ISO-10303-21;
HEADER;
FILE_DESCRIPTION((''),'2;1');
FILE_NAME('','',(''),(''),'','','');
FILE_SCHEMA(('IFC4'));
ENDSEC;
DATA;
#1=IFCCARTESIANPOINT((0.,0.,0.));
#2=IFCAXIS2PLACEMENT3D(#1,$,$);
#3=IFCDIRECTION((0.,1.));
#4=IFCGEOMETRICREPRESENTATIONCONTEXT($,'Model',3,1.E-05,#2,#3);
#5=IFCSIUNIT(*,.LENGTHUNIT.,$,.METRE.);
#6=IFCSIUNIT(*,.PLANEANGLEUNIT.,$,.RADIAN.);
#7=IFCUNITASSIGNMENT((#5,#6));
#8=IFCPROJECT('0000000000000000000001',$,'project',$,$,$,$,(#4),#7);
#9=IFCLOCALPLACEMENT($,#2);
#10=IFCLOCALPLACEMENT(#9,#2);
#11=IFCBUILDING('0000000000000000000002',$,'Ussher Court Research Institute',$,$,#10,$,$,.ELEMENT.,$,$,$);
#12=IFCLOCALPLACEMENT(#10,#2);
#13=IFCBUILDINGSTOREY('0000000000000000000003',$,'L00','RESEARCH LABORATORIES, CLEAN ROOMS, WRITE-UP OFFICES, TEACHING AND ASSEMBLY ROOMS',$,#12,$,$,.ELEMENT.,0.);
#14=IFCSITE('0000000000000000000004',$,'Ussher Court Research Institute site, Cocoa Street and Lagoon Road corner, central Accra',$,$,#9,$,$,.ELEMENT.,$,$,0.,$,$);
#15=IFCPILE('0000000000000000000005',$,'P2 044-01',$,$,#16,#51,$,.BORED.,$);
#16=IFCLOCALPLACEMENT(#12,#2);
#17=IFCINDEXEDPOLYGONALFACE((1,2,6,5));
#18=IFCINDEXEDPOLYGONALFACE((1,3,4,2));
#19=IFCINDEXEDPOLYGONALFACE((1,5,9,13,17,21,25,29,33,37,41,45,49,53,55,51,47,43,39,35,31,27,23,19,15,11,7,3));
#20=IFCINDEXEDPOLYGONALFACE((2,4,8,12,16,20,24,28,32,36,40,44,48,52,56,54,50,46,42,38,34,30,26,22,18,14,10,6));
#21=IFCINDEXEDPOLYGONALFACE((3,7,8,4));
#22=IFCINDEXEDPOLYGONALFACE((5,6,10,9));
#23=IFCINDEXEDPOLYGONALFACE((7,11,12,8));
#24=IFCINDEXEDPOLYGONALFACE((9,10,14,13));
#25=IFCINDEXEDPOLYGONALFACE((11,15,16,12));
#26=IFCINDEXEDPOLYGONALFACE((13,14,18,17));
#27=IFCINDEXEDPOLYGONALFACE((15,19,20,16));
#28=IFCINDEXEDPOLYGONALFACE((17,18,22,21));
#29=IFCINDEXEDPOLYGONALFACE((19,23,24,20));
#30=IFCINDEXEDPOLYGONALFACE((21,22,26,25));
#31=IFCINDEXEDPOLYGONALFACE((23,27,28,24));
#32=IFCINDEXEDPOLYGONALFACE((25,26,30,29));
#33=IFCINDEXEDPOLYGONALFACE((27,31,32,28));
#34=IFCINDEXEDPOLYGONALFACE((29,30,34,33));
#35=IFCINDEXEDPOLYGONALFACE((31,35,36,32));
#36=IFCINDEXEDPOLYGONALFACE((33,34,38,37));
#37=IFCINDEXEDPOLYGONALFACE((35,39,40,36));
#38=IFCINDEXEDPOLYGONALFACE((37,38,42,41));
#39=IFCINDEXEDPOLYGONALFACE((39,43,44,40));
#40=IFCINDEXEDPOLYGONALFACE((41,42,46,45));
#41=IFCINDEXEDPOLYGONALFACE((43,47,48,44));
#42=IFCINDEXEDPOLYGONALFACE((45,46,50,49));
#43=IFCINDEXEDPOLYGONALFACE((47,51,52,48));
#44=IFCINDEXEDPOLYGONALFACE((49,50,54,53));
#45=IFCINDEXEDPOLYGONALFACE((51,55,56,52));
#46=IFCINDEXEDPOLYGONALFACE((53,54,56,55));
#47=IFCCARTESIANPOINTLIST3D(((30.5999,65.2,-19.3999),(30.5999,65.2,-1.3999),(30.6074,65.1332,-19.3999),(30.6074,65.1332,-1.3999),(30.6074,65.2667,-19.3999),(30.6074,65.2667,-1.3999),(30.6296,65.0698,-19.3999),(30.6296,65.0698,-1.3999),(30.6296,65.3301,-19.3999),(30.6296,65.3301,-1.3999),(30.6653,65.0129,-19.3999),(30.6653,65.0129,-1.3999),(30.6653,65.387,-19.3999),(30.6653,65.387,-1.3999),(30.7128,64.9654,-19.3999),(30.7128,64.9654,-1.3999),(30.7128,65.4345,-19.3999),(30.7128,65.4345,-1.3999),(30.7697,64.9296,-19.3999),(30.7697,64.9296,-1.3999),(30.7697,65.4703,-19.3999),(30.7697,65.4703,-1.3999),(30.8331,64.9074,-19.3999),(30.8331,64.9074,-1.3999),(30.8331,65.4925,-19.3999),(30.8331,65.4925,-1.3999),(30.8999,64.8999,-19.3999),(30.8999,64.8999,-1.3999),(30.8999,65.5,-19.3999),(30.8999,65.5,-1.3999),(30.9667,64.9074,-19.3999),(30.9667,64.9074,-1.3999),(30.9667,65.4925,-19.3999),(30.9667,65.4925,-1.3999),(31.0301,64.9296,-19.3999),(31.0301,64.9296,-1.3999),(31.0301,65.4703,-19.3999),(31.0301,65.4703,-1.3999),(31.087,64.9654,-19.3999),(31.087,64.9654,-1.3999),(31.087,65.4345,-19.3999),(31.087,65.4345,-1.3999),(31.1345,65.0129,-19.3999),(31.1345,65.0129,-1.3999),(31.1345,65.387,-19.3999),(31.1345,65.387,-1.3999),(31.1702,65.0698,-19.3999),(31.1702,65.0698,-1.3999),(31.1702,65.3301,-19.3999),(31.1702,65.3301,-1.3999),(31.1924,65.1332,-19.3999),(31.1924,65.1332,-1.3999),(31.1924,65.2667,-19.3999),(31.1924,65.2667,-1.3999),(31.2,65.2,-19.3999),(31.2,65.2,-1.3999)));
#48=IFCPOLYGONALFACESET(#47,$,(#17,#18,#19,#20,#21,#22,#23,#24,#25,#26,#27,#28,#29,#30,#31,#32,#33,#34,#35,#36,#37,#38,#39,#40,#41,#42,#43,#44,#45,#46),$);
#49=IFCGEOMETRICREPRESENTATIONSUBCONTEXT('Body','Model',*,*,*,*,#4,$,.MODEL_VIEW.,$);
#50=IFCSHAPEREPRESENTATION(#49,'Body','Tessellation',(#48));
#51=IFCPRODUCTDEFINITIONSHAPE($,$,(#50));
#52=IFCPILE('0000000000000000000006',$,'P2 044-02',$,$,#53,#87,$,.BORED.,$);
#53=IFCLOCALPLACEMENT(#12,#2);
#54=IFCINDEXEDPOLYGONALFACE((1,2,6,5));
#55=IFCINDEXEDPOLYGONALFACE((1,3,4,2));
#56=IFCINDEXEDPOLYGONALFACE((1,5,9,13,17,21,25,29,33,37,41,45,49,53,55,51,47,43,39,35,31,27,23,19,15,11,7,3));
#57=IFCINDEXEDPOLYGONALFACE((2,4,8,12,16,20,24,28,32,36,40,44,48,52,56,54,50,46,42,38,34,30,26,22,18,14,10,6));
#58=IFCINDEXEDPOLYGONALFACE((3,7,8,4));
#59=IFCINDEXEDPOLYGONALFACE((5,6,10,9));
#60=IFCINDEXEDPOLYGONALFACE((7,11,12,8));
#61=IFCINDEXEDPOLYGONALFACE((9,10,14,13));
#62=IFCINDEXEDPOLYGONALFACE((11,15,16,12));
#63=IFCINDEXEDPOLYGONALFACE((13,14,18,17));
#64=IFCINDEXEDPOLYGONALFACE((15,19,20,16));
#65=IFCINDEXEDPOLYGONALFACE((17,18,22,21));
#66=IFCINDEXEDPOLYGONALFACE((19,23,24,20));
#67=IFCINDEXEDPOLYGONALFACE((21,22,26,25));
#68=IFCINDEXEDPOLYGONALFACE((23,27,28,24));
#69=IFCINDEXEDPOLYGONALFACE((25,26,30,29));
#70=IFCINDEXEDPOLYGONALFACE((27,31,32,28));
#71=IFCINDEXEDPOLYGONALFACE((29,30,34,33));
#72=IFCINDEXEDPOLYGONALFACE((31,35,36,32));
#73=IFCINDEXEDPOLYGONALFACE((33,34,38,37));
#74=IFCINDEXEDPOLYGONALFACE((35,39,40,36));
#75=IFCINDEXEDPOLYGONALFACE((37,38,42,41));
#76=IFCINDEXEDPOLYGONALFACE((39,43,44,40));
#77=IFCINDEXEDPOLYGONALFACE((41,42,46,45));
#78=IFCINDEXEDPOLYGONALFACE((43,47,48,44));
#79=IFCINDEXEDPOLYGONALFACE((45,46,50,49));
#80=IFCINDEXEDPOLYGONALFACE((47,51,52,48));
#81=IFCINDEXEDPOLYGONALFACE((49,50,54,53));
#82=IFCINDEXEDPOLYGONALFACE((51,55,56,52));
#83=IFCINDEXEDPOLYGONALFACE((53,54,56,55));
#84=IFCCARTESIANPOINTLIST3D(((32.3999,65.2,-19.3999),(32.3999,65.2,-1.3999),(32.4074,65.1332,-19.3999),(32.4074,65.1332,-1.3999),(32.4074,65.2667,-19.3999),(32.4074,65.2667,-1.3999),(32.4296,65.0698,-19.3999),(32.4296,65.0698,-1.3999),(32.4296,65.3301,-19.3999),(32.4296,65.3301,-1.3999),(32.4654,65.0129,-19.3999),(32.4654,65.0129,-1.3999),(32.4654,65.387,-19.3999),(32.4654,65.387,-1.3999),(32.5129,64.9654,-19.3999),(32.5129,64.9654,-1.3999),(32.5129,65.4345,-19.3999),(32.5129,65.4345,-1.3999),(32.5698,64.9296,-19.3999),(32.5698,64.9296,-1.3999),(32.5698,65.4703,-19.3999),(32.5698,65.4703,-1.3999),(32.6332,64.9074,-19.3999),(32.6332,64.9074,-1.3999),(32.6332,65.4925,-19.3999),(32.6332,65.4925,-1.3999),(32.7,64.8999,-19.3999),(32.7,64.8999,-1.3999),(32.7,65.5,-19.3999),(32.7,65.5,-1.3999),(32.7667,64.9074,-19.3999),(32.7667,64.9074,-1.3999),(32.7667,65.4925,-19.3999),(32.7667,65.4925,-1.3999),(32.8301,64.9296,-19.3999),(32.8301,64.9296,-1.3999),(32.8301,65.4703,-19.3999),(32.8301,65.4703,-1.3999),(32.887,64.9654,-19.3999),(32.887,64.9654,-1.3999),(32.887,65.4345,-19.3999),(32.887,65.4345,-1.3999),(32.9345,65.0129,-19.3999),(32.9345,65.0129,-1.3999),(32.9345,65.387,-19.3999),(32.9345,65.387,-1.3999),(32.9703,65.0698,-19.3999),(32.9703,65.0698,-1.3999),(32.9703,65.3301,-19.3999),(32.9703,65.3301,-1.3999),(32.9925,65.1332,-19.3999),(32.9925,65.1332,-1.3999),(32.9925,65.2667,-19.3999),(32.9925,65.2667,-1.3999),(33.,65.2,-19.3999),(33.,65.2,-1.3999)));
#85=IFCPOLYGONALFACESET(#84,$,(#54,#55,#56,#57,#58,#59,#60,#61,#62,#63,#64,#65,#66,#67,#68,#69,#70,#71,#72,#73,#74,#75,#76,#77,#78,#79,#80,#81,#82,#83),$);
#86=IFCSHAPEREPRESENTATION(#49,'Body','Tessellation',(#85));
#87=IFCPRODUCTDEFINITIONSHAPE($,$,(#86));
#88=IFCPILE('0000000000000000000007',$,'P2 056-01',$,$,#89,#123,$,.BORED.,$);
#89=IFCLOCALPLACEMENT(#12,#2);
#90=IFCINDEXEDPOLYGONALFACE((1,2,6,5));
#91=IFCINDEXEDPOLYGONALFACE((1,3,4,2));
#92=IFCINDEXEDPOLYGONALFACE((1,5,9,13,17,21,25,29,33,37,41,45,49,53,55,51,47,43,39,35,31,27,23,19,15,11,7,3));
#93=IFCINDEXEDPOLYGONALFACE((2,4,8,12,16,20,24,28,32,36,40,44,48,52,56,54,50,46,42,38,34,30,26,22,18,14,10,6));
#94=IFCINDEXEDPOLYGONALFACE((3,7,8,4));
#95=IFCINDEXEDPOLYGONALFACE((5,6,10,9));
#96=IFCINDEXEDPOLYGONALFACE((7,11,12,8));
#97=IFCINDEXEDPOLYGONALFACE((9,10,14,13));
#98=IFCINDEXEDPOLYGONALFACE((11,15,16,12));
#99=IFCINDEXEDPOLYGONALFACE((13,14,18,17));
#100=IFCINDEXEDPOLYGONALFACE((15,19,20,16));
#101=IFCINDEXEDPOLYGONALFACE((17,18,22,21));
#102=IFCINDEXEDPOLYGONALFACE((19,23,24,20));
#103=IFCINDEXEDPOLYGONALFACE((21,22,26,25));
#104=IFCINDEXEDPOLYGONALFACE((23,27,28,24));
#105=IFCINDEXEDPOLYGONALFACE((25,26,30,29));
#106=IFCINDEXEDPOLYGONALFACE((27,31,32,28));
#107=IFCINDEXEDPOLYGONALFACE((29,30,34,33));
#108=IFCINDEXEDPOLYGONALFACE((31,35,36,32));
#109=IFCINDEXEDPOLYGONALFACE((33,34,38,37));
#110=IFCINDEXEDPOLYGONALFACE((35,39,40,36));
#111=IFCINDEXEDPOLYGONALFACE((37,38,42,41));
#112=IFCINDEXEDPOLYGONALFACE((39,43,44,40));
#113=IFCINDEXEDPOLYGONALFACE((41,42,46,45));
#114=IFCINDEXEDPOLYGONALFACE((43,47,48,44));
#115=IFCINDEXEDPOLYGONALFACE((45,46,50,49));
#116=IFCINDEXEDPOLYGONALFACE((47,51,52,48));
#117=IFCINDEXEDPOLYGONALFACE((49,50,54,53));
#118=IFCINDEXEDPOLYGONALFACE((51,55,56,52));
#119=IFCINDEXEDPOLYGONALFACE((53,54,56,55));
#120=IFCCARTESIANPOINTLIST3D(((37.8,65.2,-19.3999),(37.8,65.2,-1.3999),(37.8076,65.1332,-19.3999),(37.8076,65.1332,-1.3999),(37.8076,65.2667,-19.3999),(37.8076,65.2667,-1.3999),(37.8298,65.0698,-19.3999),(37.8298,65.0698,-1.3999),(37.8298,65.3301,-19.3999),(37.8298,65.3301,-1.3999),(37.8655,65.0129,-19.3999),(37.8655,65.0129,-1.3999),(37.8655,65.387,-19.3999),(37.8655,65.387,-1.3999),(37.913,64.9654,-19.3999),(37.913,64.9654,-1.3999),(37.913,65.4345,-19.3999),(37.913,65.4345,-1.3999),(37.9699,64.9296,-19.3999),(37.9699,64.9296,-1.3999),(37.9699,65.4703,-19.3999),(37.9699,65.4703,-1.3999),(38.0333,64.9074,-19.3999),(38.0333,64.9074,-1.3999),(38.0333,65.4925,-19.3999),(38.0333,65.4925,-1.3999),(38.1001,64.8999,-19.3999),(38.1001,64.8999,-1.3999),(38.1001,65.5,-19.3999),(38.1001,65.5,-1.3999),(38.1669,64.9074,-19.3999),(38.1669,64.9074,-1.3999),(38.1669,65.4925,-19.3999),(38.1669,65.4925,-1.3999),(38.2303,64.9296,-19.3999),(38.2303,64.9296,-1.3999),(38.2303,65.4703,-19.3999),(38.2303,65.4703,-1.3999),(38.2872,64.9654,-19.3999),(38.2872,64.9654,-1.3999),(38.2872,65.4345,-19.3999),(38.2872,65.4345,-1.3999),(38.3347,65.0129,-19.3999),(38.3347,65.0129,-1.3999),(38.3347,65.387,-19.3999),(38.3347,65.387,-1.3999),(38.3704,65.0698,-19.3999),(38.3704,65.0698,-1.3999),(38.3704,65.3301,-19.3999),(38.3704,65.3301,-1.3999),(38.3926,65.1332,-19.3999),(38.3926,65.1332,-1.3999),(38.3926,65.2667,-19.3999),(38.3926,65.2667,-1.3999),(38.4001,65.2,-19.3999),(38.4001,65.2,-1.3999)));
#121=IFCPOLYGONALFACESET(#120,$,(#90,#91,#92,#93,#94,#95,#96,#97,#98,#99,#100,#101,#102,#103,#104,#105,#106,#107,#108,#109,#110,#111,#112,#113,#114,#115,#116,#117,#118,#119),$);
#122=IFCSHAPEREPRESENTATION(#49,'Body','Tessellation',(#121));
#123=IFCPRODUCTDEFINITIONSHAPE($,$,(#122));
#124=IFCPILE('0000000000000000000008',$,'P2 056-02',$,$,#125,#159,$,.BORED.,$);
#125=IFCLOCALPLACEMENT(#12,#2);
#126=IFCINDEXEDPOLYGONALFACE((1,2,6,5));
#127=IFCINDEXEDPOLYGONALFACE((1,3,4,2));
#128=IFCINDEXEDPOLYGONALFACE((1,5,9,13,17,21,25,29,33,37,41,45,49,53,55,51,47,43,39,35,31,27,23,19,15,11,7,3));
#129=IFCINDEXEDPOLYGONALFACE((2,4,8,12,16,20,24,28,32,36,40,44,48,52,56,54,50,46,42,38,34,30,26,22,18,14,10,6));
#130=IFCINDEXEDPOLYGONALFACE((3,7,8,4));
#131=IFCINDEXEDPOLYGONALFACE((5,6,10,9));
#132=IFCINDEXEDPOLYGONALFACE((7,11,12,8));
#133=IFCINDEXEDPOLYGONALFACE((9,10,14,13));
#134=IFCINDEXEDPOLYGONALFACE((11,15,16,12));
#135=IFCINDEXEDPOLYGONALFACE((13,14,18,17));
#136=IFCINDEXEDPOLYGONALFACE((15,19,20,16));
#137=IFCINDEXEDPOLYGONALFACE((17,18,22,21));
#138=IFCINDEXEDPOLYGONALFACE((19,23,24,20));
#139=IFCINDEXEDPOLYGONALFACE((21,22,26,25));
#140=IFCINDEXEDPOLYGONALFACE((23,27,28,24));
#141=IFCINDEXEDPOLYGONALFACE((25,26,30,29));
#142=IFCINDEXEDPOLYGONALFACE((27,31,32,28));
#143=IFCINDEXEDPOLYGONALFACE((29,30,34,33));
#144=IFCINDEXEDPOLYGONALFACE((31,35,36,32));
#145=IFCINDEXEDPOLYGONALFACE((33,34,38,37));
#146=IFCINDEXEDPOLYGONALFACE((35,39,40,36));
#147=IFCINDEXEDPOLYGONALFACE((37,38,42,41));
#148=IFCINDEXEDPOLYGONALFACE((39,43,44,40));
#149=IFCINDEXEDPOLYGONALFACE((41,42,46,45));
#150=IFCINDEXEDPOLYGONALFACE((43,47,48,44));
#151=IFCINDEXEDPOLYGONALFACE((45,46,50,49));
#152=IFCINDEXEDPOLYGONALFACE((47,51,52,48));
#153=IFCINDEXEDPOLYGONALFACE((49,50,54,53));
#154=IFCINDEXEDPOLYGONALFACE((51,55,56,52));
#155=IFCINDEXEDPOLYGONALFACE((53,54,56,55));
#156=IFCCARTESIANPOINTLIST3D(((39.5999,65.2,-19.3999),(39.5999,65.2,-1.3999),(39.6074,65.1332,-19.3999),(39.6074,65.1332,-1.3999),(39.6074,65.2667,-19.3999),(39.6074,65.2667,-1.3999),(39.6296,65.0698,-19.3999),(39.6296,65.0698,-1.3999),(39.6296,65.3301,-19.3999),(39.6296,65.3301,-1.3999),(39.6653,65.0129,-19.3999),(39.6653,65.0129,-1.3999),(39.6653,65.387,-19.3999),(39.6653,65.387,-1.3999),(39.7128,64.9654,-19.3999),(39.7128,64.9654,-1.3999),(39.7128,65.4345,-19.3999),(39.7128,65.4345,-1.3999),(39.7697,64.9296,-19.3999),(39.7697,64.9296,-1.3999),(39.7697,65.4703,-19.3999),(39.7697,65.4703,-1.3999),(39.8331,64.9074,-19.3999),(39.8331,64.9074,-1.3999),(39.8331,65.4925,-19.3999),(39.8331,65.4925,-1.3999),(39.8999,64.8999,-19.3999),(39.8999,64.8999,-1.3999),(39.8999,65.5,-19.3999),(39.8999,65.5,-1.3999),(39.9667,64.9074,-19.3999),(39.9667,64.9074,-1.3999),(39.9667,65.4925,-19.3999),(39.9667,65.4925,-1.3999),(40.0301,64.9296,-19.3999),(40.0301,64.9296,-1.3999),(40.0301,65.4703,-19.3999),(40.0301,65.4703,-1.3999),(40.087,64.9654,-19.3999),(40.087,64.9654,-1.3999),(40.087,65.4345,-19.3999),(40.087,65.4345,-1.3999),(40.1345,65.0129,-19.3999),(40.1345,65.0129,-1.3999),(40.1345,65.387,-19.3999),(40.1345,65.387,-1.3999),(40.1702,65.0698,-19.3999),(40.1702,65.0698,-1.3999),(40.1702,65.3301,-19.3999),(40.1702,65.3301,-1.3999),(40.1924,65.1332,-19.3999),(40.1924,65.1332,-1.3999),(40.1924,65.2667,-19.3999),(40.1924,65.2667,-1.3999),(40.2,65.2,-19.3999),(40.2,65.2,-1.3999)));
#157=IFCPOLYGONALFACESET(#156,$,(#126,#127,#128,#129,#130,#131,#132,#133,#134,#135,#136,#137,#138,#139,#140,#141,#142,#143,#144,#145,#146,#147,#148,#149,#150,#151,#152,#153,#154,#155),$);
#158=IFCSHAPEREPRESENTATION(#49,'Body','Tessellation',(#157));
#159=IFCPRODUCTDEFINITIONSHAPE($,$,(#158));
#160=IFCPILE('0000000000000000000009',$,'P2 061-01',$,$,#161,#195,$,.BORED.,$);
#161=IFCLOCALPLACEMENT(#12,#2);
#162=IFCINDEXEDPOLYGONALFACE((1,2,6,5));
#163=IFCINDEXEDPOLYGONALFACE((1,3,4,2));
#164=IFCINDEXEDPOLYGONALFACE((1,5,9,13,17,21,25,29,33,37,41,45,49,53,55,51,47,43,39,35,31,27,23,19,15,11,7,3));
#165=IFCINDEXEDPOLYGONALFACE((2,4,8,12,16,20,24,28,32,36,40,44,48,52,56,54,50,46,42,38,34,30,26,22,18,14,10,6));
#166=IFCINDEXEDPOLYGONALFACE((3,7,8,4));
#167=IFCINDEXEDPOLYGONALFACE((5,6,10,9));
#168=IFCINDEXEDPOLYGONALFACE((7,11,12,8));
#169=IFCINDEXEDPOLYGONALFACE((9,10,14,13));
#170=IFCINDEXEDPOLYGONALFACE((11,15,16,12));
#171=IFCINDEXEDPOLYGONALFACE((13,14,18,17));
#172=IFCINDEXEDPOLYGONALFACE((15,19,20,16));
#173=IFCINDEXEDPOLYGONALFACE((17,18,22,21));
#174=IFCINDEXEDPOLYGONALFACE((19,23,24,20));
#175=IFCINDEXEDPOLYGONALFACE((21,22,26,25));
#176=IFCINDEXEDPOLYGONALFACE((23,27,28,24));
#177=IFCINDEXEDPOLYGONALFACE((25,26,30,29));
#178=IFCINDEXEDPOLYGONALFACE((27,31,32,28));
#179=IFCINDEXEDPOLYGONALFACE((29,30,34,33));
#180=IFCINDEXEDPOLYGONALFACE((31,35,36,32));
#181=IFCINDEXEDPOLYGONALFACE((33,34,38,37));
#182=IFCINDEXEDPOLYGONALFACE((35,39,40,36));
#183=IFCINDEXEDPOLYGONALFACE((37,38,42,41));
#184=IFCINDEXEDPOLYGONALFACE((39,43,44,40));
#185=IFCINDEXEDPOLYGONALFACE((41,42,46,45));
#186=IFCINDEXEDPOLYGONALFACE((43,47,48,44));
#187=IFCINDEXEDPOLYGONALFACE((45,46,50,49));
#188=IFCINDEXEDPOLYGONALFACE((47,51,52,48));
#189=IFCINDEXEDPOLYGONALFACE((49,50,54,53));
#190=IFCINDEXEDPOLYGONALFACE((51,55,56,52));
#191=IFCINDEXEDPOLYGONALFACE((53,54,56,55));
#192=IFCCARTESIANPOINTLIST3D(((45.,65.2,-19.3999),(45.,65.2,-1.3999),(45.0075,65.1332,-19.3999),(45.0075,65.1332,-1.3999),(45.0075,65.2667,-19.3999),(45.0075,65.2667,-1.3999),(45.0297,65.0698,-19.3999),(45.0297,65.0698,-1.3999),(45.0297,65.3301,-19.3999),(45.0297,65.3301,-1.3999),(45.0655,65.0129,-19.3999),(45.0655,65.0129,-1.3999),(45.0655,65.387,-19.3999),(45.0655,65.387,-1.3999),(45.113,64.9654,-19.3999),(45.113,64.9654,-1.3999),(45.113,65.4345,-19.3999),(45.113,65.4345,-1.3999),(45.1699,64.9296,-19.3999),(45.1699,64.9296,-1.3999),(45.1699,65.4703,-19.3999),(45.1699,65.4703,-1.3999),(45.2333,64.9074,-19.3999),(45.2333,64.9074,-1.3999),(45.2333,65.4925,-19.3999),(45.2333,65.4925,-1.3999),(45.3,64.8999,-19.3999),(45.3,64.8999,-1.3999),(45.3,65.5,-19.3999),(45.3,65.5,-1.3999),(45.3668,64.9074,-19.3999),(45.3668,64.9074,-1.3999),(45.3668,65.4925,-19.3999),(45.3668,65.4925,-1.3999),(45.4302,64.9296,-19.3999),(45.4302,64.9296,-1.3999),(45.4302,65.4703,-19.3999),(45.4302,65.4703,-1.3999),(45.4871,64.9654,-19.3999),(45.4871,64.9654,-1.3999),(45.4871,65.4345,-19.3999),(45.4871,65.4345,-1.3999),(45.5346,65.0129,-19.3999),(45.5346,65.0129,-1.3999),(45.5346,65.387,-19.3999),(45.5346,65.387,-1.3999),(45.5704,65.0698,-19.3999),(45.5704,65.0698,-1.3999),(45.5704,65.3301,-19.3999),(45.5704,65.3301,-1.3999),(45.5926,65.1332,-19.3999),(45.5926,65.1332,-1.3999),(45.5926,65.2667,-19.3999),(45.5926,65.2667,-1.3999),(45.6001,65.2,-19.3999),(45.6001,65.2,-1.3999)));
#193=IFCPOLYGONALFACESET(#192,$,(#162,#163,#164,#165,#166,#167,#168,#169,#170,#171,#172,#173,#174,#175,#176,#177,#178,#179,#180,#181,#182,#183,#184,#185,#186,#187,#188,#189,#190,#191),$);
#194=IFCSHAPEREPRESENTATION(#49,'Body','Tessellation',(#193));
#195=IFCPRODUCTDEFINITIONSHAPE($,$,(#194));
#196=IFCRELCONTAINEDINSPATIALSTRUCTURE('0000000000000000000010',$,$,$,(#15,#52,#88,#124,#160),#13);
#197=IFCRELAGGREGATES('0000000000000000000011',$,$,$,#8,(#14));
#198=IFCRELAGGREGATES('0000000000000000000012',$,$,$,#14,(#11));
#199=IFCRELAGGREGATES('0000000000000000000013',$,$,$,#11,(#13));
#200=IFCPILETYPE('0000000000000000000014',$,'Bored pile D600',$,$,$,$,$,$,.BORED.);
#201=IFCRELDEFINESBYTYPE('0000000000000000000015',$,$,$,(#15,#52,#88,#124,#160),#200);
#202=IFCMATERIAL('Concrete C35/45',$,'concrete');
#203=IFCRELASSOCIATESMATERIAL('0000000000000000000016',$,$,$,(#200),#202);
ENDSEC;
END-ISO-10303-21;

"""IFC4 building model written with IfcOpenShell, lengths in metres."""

from ifc_helpers import new_model, si_unit, direction, frame, origin, origin_2d, place, context, subcontext, project, spatial, circle, extrude, material, material_profile, profile_set, type_object, element, save


model = new_model("IFC4")

# Units and contexts
model_context = context("Model", 3, precision=1e-05, world=origin(), true_north=direction((0.0, 1.0)))
body_context = subcontext(model_context, "Body", "Model", "MODEL_VIEW")
ifc_project = project(units=[si_unit("LENGTHUNIT", "METRE"), si_unit("PLANEANGLEUNIT", "RADIAN")], contexts=[model_context])

# Site, building, storey
site_placement = place(None, origin())
site = spatial("IfcSite", under=ifc_project, at=site_placement, Name="Ussher Court Research Institute site, Cocoa Street and Lagoon Road corner, central Accra", CompositionType="ELEMENT", RefElevation=0.0)
building_placement = place(site_placement, origin())
building = spatial("IfcBuilding", under=site, at=building_placement, Name="Ussher Court Research Institute", CompositionType="ELEMENT")
storey_placement = place(building_placement, origin())
storey = spatial("IfcBuildingStorey", under=building, at=storey_placement, Name="L00", Description="RESEARCH LABORATORIES, CLEAN ROOMS, WRITE-UP OFFICES, TEACHING AND ASSEMBLY ROOMS", CompositionType="ELEMENT", Elevation=0.0)

# Piles
ifc_material_1 = material(Name="Concrete C35/45", Category="concrete")
ifc_material_profile_1 = material_profile(ifc_material_1, circle(Radius=0.3, at=origin_2d()), Name="RC D600")
ifc_profile_set_1 = profile_set([ifc_material_profile_1], Name="Concrete C35/45")
pile_type_1 = type_object("IfcPileType", Name="Bored pile D600", PredefinedType="BORED", material=ifc_profile_set_1)
for number, where, z_axis, x_axis, name in (
    (1, (30.8999, 65.2, -1.3999), (0.0, 0.0, -1.0), (1.0, 0.0, 0.0), "P2 044-01"),
    (2, (32.7, 65.2, -1.3999), (0.0, 0.0, -1.0), (1.0, 0.0, 0.0), "P2 044-02"),
    (3, (38.1001, 65.2, -1.3999), (0.0, 0.0, -1.0), (1.0, 0.0, 0.0), "P2 056-01"),
    (4, (39.8999, 65.2, -1.3999), (0.0, 0.0, -1.0), (1.0, 0.0, 0.0), "P2 056-02"),
    (5, (45.3, 65.2, -1.3999), (0.0, 0.0, -1.0), (1.0, 0.0, 0.0), "P2 061-01"),
):
    element("IfcPile", number, at=place(storey_placement, frame(where, z_axis=z_axis, x_axis=x_axis)), inside=storey, type_object=pile_type_1, Name=name, PredefinedType="BORED", context=body_context, shape_type="SweptSolid", body=[
        extrude(circle(Radius=0.3, at=origin_2d()), origin(), (0.0, 0.0, 1.0), 18.0),
    ])

save(model, "model.ifc")
